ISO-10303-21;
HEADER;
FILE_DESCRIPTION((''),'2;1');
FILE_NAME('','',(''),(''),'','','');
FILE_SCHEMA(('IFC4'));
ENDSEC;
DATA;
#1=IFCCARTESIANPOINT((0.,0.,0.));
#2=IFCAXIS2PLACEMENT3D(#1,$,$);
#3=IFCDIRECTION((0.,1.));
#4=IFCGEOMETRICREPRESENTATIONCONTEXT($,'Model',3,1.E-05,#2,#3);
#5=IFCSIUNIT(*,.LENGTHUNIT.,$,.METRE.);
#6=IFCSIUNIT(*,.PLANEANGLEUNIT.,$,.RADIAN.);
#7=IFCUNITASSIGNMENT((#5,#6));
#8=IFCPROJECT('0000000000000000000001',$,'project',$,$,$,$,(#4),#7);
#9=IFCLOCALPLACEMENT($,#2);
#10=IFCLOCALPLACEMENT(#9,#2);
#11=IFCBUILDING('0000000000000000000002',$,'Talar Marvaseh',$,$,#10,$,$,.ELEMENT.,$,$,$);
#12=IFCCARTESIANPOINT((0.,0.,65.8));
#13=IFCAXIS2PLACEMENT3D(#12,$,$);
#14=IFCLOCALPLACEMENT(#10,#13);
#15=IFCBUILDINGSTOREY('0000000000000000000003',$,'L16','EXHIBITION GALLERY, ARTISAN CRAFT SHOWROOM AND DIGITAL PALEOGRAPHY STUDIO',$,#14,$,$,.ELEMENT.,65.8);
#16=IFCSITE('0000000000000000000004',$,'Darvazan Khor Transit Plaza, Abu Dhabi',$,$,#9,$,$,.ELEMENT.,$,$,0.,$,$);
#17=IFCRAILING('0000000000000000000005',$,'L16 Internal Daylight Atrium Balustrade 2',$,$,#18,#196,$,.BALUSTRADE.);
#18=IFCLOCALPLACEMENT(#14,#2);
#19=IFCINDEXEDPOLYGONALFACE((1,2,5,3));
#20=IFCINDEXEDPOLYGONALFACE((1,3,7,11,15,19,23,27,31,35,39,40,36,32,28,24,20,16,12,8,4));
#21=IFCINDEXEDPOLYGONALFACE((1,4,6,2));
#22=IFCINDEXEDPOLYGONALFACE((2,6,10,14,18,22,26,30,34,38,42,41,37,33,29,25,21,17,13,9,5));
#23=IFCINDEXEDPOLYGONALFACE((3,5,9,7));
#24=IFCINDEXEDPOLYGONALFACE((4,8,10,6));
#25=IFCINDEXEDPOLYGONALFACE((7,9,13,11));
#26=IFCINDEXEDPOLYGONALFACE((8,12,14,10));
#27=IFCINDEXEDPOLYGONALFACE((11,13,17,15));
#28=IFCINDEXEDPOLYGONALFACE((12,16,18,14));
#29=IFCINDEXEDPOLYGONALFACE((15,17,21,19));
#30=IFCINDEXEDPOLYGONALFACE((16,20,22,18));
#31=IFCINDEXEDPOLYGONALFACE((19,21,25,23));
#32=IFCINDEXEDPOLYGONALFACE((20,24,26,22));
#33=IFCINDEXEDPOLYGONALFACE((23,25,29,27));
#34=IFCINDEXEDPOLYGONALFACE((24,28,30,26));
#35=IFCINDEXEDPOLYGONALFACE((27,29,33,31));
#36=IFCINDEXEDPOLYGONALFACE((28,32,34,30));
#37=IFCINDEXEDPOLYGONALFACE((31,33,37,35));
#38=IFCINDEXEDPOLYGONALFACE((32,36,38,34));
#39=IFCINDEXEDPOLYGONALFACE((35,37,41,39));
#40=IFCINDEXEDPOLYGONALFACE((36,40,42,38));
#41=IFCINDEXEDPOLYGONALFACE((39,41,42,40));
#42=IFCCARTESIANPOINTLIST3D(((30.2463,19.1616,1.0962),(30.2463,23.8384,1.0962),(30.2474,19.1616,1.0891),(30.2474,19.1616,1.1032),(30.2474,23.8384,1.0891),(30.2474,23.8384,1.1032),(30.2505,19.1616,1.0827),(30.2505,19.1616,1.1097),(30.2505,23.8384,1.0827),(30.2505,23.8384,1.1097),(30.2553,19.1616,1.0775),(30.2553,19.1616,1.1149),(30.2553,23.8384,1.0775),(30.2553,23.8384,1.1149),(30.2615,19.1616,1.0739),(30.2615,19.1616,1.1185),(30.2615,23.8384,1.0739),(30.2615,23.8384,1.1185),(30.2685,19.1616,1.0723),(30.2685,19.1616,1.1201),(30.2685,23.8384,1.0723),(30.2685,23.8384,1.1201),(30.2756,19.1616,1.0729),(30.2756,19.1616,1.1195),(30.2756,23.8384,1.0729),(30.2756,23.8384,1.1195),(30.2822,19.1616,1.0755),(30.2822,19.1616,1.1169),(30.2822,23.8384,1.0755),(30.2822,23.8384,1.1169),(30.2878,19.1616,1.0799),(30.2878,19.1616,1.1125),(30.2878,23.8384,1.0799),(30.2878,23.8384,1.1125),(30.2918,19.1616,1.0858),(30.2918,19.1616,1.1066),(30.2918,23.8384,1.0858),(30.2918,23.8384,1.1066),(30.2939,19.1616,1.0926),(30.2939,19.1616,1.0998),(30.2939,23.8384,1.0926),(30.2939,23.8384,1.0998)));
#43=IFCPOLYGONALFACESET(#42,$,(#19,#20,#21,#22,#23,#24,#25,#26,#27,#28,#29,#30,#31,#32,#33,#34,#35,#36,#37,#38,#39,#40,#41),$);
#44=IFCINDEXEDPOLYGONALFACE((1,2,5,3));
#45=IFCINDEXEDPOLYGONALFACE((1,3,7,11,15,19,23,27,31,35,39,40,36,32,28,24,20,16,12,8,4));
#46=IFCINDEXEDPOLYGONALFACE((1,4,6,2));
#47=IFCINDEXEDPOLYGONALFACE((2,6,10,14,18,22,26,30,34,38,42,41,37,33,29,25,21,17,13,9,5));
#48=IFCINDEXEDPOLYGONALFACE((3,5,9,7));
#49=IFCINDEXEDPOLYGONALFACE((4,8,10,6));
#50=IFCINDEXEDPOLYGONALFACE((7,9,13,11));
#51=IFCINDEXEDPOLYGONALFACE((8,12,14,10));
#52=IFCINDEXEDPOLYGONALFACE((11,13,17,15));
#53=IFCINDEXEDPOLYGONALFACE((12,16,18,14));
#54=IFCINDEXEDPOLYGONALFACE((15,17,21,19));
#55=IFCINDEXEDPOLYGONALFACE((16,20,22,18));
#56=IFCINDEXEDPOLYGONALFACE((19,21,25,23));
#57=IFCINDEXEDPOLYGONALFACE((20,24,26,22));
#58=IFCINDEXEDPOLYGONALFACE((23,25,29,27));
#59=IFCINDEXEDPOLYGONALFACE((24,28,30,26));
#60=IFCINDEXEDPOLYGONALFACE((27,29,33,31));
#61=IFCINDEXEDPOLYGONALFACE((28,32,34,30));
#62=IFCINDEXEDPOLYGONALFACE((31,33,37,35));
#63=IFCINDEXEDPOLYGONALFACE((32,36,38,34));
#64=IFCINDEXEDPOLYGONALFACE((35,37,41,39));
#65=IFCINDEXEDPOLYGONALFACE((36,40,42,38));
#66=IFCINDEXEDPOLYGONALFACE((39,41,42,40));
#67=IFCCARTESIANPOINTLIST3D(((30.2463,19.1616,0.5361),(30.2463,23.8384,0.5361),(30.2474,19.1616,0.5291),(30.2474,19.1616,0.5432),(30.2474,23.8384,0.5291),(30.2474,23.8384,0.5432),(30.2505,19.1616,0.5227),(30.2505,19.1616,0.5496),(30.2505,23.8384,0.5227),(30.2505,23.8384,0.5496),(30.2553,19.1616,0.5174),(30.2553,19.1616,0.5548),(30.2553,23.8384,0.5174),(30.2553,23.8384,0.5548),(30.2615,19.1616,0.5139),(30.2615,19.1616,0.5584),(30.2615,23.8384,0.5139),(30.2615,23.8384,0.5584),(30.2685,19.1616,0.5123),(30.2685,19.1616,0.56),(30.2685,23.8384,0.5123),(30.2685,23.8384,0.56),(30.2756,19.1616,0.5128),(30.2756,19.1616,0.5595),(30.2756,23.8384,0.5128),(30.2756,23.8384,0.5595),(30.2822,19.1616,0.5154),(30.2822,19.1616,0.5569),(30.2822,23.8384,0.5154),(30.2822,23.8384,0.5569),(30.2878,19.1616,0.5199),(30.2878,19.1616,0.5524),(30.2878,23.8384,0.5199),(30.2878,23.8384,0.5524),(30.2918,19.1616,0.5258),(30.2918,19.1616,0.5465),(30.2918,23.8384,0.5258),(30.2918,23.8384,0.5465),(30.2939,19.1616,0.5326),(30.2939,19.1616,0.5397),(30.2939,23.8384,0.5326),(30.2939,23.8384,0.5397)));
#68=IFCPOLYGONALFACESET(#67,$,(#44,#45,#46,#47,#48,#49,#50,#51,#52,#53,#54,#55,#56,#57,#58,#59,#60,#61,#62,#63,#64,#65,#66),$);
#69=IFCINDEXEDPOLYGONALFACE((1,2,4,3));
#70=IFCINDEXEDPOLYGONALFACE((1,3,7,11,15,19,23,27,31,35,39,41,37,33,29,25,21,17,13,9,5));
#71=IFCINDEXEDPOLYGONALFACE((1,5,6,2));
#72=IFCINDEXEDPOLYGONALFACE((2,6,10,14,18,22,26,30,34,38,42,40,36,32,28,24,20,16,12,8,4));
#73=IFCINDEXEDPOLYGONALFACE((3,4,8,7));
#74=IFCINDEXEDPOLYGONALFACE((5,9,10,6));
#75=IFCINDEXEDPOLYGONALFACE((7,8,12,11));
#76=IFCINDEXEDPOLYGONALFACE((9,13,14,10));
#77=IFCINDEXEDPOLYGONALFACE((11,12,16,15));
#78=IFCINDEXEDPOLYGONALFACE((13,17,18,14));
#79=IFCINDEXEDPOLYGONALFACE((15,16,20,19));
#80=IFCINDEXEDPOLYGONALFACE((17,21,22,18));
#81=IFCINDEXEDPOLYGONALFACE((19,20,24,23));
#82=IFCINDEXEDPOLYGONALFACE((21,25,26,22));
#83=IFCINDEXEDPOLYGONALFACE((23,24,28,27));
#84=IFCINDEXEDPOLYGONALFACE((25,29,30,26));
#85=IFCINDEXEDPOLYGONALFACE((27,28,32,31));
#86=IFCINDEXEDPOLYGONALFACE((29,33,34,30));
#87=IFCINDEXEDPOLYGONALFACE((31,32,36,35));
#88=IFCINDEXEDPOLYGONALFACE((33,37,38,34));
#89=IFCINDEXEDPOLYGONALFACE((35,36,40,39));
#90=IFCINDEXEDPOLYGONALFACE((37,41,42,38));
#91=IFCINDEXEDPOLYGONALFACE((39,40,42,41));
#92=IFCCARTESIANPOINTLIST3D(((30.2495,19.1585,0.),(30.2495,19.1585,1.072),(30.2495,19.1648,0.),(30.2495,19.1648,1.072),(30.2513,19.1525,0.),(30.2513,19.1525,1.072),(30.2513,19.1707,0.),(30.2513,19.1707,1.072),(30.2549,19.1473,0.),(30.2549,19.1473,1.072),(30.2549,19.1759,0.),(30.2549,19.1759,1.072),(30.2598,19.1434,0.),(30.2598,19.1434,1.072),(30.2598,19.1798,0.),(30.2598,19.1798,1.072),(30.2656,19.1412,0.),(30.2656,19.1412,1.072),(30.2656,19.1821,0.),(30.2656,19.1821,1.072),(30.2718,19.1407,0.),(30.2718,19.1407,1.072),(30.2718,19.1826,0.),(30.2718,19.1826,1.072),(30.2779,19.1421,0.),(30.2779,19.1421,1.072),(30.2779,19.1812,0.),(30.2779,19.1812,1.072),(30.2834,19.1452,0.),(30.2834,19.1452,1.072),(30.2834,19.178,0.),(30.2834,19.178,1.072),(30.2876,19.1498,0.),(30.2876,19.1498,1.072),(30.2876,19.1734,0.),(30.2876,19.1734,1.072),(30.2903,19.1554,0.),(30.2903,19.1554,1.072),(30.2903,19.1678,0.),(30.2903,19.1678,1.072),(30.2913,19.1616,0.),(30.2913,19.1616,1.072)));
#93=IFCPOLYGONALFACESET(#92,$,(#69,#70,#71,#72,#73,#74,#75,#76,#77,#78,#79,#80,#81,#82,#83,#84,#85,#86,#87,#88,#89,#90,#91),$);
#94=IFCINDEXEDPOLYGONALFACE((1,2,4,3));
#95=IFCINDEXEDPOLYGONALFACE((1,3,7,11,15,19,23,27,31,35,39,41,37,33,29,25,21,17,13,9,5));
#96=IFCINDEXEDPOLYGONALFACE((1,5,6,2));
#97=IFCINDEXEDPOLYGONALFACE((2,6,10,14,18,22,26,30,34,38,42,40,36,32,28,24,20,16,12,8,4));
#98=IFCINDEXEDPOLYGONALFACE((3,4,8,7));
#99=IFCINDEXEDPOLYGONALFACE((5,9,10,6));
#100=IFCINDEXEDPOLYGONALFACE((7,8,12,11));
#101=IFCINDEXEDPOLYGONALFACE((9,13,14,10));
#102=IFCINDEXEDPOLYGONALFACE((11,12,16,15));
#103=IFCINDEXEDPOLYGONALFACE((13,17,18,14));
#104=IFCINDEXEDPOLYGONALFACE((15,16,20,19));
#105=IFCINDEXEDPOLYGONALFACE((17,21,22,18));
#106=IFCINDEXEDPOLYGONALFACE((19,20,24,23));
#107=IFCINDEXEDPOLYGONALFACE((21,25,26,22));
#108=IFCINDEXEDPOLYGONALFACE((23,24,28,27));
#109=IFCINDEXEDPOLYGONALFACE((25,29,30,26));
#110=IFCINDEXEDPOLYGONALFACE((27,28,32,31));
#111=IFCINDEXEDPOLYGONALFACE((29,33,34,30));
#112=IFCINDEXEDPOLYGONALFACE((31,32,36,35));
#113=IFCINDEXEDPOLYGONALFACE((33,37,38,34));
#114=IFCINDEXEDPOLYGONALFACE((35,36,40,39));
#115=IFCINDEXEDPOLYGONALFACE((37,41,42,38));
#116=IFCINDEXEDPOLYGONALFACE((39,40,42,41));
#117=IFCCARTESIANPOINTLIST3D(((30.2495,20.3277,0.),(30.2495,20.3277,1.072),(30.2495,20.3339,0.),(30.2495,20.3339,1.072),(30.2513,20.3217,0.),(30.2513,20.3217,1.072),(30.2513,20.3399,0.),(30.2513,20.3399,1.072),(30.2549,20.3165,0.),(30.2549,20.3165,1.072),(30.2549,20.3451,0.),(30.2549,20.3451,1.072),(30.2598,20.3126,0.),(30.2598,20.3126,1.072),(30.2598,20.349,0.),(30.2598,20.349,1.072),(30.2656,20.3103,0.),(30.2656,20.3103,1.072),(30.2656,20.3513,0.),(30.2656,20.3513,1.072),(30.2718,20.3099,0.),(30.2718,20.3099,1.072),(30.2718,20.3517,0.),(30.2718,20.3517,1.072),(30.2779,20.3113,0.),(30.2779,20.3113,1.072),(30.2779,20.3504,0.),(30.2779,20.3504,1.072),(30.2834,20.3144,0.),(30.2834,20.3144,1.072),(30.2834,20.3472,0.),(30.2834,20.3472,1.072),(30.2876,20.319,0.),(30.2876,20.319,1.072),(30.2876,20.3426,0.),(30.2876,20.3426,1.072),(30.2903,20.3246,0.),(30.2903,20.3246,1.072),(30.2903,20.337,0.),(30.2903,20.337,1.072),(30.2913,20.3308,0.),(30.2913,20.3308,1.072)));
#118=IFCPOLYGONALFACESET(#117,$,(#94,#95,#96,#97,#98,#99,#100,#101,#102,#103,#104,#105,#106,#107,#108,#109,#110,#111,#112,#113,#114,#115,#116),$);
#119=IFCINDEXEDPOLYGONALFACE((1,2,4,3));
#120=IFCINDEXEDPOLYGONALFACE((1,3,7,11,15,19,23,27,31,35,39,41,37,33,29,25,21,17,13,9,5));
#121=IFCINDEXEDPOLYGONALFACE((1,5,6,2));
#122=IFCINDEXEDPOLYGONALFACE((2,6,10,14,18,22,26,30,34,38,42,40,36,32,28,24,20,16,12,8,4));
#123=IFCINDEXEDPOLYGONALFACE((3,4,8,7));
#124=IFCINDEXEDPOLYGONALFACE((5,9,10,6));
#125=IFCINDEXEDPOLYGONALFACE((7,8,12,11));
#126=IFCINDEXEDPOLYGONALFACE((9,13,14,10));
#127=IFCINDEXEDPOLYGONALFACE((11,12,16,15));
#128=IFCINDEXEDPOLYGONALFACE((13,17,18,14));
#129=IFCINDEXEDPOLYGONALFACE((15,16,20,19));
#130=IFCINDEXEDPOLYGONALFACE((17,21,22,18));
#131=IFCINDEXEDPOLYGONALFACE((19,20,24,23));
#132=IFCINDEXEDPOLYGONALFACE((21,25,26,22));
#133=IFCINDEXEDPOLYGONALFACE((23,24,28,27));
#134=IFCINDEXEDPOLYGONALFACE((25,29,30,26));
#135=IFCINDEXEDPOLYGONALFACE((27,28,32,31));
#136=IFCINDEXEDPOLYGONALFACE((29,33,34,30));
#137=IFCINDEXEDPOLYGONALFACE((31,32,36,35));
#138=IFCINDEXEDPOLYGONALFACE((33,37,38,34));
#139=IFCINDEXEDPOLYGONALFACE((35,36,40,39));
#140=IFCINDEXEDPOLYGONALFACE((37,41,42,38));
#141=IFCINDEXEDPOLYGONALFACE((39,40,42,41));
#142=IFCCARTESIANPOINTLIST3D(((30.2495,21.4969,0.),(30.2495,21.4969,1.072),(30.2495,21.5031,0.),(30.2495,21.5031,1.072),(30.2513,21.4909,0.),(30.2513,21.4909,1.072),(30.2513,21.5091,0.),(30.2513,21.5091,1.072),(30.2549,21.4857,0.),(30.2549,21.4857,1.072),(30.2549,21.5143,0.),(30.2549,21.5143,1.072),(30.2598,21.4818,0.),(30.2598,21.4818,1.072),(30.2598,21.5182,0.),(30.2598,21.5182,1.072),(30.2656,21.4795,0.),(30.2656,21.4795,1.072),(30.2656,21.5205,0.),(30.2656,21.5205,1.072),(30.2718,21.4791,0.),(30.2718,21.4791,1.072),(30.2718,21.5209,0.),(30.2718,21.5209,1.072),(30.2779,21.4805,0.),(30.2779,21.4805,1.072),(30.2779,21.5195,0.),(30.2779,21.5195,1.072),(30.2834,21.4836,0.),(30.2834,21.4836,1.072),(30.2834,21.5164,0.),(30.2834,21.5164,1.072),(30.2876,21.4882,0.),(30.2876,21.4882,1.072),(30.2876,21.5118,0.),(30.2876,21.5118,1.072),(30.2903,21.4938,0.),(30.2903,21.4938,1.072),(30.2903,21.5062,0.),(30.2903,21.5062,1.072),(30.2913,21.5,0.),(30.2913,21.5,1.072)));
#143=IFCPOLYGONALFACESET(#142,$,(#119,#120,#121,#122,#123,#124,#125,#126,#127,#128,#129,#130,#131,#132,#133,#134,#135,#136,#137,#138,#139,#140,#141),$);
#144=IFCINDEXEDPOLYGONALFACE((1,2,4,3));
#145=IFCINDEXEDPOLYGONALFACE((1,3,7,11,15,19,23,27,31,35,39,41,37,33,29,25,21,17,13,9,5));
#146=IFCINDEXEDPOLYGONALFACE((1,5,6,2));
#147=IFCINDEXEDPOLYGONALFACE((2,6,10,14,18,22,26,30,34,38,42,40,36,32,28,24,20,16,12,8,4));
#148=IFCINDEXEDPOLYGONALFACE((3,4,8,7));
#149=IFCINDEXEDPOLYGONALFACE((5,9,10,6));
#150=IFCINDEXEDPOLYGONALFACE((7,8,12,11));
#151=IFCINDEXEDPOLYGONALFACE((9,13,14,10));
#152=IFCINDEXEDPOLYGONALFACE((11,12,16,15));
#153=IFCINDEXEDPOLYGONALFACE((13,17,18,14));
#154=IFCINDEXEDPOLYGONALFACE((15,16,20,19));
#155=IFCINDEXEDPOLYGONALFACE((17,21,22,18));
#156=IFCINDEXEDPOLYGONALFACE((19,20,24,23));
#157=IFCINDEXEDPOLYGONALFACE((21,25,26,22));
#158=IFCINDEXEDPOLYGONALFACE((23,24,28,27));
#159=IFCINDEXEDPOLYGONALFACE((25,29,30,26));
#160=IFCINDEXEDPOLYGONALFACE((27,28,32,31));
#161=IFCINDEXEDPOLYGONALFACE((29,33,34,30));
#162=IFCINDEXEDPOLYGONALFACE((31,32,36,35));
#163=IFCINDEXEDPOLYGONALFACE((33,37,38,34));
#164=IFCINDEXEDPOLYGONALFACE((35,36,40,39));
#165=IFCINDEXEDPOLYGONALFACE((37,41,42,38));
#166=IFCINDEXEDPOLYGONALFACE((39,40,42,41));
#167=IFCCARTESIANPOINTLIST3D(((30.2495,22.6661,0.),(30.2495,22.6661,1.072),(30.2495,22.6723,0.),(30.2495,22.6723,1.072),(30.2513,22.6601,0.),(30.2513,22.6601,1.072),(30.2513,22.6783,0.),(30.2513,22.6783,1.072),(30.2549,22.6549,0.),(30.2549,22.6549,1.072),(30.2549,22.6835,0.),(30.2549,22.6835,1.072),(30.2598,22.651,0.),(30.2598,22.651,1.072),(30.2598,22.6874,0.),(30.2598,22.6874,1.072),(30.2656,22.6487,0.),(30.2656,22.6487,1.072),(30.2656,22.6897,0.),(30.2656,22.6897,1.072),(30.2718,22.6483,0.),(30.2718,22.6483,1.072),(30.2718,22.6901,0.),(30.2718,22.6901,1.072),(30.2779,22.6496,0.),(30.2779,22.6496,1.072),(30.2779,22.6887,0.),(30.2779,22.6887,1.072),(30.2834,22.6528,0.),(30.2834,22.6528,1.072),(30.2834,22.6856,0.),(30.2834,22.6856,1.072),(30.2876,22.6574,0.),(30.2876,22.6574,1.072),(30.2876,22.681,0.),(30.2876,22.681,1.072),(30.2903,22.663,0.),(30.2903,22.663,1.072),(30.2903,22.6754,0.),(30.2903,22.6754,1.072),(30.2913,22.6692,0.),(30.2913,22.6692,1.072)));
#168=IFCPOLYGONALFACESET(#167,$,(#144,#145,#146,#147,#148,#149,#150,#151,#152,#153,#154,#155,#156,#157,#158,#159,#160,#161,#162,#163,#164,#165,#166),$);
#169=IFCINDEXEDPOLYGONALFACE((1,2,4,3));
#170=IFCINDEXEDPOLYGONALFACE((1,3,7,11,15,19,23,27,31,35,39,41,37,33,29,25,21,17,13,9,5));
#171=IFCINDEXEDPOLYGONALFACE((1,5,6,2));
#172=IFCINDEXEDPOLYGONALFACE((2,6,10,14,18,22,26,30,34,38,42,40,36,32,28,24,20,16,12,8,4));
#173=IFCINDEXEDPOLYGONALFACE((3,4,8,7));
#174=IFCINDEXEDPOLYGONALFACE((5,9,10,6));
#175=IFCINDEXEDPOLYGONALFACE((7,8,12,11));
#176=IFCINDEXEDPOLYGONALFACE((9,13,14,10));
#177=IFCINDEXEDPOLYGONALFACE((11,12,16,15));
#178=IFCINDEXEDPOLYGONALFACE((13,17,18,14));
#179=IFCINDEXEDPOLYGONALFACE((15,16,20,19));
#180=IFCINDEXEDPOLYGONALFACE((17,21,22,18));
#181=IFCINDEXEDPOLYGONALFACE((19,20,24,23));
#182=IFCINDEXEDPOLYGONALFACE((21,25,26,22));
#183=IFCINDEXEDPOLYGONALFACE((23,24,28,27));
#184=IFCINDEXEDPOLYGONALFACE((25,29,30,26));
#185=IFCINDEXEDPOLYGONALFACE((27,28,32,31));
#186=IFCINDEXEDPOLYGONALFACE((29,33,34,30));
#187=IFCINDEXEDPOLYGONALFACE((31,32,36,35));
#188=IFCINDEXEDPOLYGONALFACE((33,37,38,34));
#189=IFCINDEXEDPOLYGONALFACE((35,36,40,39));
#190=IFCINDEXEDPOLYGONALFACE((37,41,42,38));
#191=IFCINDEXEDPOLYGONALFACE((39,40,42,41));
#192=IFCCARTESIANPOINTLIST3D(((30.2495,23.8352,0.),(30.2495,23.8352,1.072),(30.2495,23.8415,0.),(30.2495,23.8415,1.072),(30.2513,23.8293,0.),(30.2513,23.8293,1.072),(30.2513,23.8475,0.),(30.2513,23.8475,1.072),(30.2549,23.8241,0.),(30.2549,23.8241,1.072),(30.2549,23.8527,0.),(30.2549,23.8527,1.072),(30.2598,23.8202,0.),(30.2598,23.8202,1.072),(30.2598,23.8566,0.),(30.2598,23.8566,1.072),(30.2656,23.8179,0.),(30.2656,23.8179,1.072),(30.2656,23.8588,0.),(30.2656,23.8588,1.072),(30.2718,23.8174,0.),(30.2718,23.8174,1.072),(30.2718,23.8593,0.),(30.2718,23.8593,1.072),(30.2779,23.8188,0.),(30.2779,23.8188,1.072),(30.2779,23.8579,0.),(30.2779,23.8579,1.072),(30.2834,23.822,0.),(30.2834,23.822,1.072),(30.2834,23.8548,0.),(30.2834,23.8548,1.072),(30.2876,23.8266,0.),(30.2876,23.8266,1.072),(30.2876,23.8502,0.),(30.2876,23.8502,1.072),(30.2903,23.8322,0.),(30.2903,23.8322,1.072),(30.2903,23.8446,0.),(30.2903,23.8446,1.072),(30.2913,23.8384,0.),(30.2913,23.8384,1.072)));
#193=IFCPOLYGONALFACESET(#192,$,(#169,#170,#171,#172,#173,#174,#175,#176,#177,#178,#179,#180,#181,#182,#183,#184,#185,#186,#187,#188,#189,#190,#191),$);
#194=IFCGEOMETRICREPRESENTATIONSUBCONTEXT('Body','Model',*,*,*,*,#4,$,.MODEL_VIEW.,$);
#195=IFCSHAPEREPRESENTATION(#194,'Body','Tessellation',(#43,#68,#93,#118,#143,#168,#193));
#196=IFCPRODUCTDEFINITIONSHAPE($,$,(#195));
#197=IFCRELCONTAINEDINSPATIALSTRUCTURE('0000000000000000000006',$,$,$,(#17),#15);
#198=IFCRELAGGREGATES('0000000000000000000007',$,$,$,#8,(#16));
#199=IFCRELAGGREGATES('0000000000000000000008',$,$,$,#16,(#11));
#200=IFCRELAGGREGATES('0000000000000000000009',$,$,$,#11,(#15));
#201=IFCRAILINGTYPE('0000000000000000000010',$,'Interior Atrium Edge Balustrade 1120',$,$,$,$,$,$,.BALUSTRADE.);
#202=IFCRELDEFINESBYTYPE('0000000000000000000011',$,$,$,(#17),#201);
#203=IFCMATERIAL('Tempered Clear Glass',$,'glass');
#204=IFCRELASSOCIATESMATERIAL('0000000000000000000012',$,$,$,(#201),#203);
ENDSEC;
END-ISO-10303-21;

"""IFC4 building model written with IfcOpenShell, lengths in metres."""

from ifc_helpers import new_model, si_unit, direction, frame, origin, origin_2d, place, context, subcontext, project, spatial, circle, extrude, material, type_object, element, save


model = new_model("IFC4")

# Units and contexts
model_context = context("Model", 3, precision=1e-05, world=origin(), true_north=direction((0.0, 1.0)))
body_context = subcontext(model_context, "Body", "Model", "MODEL_VIEW")
ifc_project = project(units=[si_unit("LENGTHUNIT", "METRE"), si_unit("PLANEANGLEUNIT", "RADIAN")], contexts=[model_context])

# Site, building, storey
site_placement = place(None, origin())
site = spatial("IfcSite", under=ifc_project, at=site_placement, Name="Darvazan Khor Transit Plaza, Abu Dhabi", CompositionType="ELEMENT", RefElevation=0.0)
building_placement = place(site_placement, origin())
building = spatial("IfcBuilding", under=site, at=building_placement, Name="Talar Marvaseh", CompositionType="ELEMENT")
storey_placement = place(building_placement, frame((0.0, 0.0, 65.8)))
storey = spatial("IfcBuildingStorey", under=building, at=storey_placement, Name="L16", Description="EXHIBITION GALLERY, ARTISAN CRAFT SHOWROOM AND DIGITAL PALEOGRAPHY STUDIO", CompositionType="ELEMENT", Elevation=65.8)

# Railing
ifc_material_1 = material(Name="Tempered Clear Glass", Category="glass")
railing_type_1 = type_object("IfcRailingType", Name="Interior Atrium Edge Balustrade 1120", PredefinedType="BALUSTRADE", material=ifc_material_1)
railing_1_placement = place(storey_placement, frame((30.2703, 19.1616, 0.0)))
element("IfcRailing", 1, at=railing_1_placement, inside=storey, type_object=railing_type_1, Name="L16 Internal Daylight Atrium Balustrade 2", PredefinedType="BALUSTRADE", context=body_context, shape_type="SweptSolid", body=[
    extrude(circle(Radius=0.0239, at=origin_2d()), frame((0.0, 0.0, 1.0962), z_axis=(0.0, 1.0, 0.0), x_axis=(-1.0, 0.0, 0.0)), (0.0, 0.0, 1.0), 4.6768),
    extrude(circle(Radius=0.0239, at=origin_2d()), frame((0.0, 0.0, 0.5361), z_axis=(0.0, 1.0, 0.0), x_axis=(-1.0, 0.0, 0.0)), (0.0, 0.0, 1.0), 4.6768),
    extrude(circle(Radius=0.021, at=origin_2d()), origin(), (0.0, 0.0, 1.0), 1.072),
    extrude(circle(Radius=0.021, at=origin_2d()), frame((0.0, 1.1692, 0.0)), (0.0, 0.0, 1.0), 1.072),
    extrude(circle(Radius=0.021, at=origin_2d()), frame((0.0, 2.3384, 0.0)), (0.0, 0.0, 1.0), 1.072),
    extrude(circle(Radius=0.021, at=origin_2d()), frame((0.0, 3.5076, 0.0)), (0.0, 0.0, 1.0), 1.072),
    extrude(circle(Radius=0.021, at=origin_2d()), frame((0.0, 4.6768, 0.0)), (0.0, 0.0, 1.0), 1.072),
])

save(model, "model.ifc")
